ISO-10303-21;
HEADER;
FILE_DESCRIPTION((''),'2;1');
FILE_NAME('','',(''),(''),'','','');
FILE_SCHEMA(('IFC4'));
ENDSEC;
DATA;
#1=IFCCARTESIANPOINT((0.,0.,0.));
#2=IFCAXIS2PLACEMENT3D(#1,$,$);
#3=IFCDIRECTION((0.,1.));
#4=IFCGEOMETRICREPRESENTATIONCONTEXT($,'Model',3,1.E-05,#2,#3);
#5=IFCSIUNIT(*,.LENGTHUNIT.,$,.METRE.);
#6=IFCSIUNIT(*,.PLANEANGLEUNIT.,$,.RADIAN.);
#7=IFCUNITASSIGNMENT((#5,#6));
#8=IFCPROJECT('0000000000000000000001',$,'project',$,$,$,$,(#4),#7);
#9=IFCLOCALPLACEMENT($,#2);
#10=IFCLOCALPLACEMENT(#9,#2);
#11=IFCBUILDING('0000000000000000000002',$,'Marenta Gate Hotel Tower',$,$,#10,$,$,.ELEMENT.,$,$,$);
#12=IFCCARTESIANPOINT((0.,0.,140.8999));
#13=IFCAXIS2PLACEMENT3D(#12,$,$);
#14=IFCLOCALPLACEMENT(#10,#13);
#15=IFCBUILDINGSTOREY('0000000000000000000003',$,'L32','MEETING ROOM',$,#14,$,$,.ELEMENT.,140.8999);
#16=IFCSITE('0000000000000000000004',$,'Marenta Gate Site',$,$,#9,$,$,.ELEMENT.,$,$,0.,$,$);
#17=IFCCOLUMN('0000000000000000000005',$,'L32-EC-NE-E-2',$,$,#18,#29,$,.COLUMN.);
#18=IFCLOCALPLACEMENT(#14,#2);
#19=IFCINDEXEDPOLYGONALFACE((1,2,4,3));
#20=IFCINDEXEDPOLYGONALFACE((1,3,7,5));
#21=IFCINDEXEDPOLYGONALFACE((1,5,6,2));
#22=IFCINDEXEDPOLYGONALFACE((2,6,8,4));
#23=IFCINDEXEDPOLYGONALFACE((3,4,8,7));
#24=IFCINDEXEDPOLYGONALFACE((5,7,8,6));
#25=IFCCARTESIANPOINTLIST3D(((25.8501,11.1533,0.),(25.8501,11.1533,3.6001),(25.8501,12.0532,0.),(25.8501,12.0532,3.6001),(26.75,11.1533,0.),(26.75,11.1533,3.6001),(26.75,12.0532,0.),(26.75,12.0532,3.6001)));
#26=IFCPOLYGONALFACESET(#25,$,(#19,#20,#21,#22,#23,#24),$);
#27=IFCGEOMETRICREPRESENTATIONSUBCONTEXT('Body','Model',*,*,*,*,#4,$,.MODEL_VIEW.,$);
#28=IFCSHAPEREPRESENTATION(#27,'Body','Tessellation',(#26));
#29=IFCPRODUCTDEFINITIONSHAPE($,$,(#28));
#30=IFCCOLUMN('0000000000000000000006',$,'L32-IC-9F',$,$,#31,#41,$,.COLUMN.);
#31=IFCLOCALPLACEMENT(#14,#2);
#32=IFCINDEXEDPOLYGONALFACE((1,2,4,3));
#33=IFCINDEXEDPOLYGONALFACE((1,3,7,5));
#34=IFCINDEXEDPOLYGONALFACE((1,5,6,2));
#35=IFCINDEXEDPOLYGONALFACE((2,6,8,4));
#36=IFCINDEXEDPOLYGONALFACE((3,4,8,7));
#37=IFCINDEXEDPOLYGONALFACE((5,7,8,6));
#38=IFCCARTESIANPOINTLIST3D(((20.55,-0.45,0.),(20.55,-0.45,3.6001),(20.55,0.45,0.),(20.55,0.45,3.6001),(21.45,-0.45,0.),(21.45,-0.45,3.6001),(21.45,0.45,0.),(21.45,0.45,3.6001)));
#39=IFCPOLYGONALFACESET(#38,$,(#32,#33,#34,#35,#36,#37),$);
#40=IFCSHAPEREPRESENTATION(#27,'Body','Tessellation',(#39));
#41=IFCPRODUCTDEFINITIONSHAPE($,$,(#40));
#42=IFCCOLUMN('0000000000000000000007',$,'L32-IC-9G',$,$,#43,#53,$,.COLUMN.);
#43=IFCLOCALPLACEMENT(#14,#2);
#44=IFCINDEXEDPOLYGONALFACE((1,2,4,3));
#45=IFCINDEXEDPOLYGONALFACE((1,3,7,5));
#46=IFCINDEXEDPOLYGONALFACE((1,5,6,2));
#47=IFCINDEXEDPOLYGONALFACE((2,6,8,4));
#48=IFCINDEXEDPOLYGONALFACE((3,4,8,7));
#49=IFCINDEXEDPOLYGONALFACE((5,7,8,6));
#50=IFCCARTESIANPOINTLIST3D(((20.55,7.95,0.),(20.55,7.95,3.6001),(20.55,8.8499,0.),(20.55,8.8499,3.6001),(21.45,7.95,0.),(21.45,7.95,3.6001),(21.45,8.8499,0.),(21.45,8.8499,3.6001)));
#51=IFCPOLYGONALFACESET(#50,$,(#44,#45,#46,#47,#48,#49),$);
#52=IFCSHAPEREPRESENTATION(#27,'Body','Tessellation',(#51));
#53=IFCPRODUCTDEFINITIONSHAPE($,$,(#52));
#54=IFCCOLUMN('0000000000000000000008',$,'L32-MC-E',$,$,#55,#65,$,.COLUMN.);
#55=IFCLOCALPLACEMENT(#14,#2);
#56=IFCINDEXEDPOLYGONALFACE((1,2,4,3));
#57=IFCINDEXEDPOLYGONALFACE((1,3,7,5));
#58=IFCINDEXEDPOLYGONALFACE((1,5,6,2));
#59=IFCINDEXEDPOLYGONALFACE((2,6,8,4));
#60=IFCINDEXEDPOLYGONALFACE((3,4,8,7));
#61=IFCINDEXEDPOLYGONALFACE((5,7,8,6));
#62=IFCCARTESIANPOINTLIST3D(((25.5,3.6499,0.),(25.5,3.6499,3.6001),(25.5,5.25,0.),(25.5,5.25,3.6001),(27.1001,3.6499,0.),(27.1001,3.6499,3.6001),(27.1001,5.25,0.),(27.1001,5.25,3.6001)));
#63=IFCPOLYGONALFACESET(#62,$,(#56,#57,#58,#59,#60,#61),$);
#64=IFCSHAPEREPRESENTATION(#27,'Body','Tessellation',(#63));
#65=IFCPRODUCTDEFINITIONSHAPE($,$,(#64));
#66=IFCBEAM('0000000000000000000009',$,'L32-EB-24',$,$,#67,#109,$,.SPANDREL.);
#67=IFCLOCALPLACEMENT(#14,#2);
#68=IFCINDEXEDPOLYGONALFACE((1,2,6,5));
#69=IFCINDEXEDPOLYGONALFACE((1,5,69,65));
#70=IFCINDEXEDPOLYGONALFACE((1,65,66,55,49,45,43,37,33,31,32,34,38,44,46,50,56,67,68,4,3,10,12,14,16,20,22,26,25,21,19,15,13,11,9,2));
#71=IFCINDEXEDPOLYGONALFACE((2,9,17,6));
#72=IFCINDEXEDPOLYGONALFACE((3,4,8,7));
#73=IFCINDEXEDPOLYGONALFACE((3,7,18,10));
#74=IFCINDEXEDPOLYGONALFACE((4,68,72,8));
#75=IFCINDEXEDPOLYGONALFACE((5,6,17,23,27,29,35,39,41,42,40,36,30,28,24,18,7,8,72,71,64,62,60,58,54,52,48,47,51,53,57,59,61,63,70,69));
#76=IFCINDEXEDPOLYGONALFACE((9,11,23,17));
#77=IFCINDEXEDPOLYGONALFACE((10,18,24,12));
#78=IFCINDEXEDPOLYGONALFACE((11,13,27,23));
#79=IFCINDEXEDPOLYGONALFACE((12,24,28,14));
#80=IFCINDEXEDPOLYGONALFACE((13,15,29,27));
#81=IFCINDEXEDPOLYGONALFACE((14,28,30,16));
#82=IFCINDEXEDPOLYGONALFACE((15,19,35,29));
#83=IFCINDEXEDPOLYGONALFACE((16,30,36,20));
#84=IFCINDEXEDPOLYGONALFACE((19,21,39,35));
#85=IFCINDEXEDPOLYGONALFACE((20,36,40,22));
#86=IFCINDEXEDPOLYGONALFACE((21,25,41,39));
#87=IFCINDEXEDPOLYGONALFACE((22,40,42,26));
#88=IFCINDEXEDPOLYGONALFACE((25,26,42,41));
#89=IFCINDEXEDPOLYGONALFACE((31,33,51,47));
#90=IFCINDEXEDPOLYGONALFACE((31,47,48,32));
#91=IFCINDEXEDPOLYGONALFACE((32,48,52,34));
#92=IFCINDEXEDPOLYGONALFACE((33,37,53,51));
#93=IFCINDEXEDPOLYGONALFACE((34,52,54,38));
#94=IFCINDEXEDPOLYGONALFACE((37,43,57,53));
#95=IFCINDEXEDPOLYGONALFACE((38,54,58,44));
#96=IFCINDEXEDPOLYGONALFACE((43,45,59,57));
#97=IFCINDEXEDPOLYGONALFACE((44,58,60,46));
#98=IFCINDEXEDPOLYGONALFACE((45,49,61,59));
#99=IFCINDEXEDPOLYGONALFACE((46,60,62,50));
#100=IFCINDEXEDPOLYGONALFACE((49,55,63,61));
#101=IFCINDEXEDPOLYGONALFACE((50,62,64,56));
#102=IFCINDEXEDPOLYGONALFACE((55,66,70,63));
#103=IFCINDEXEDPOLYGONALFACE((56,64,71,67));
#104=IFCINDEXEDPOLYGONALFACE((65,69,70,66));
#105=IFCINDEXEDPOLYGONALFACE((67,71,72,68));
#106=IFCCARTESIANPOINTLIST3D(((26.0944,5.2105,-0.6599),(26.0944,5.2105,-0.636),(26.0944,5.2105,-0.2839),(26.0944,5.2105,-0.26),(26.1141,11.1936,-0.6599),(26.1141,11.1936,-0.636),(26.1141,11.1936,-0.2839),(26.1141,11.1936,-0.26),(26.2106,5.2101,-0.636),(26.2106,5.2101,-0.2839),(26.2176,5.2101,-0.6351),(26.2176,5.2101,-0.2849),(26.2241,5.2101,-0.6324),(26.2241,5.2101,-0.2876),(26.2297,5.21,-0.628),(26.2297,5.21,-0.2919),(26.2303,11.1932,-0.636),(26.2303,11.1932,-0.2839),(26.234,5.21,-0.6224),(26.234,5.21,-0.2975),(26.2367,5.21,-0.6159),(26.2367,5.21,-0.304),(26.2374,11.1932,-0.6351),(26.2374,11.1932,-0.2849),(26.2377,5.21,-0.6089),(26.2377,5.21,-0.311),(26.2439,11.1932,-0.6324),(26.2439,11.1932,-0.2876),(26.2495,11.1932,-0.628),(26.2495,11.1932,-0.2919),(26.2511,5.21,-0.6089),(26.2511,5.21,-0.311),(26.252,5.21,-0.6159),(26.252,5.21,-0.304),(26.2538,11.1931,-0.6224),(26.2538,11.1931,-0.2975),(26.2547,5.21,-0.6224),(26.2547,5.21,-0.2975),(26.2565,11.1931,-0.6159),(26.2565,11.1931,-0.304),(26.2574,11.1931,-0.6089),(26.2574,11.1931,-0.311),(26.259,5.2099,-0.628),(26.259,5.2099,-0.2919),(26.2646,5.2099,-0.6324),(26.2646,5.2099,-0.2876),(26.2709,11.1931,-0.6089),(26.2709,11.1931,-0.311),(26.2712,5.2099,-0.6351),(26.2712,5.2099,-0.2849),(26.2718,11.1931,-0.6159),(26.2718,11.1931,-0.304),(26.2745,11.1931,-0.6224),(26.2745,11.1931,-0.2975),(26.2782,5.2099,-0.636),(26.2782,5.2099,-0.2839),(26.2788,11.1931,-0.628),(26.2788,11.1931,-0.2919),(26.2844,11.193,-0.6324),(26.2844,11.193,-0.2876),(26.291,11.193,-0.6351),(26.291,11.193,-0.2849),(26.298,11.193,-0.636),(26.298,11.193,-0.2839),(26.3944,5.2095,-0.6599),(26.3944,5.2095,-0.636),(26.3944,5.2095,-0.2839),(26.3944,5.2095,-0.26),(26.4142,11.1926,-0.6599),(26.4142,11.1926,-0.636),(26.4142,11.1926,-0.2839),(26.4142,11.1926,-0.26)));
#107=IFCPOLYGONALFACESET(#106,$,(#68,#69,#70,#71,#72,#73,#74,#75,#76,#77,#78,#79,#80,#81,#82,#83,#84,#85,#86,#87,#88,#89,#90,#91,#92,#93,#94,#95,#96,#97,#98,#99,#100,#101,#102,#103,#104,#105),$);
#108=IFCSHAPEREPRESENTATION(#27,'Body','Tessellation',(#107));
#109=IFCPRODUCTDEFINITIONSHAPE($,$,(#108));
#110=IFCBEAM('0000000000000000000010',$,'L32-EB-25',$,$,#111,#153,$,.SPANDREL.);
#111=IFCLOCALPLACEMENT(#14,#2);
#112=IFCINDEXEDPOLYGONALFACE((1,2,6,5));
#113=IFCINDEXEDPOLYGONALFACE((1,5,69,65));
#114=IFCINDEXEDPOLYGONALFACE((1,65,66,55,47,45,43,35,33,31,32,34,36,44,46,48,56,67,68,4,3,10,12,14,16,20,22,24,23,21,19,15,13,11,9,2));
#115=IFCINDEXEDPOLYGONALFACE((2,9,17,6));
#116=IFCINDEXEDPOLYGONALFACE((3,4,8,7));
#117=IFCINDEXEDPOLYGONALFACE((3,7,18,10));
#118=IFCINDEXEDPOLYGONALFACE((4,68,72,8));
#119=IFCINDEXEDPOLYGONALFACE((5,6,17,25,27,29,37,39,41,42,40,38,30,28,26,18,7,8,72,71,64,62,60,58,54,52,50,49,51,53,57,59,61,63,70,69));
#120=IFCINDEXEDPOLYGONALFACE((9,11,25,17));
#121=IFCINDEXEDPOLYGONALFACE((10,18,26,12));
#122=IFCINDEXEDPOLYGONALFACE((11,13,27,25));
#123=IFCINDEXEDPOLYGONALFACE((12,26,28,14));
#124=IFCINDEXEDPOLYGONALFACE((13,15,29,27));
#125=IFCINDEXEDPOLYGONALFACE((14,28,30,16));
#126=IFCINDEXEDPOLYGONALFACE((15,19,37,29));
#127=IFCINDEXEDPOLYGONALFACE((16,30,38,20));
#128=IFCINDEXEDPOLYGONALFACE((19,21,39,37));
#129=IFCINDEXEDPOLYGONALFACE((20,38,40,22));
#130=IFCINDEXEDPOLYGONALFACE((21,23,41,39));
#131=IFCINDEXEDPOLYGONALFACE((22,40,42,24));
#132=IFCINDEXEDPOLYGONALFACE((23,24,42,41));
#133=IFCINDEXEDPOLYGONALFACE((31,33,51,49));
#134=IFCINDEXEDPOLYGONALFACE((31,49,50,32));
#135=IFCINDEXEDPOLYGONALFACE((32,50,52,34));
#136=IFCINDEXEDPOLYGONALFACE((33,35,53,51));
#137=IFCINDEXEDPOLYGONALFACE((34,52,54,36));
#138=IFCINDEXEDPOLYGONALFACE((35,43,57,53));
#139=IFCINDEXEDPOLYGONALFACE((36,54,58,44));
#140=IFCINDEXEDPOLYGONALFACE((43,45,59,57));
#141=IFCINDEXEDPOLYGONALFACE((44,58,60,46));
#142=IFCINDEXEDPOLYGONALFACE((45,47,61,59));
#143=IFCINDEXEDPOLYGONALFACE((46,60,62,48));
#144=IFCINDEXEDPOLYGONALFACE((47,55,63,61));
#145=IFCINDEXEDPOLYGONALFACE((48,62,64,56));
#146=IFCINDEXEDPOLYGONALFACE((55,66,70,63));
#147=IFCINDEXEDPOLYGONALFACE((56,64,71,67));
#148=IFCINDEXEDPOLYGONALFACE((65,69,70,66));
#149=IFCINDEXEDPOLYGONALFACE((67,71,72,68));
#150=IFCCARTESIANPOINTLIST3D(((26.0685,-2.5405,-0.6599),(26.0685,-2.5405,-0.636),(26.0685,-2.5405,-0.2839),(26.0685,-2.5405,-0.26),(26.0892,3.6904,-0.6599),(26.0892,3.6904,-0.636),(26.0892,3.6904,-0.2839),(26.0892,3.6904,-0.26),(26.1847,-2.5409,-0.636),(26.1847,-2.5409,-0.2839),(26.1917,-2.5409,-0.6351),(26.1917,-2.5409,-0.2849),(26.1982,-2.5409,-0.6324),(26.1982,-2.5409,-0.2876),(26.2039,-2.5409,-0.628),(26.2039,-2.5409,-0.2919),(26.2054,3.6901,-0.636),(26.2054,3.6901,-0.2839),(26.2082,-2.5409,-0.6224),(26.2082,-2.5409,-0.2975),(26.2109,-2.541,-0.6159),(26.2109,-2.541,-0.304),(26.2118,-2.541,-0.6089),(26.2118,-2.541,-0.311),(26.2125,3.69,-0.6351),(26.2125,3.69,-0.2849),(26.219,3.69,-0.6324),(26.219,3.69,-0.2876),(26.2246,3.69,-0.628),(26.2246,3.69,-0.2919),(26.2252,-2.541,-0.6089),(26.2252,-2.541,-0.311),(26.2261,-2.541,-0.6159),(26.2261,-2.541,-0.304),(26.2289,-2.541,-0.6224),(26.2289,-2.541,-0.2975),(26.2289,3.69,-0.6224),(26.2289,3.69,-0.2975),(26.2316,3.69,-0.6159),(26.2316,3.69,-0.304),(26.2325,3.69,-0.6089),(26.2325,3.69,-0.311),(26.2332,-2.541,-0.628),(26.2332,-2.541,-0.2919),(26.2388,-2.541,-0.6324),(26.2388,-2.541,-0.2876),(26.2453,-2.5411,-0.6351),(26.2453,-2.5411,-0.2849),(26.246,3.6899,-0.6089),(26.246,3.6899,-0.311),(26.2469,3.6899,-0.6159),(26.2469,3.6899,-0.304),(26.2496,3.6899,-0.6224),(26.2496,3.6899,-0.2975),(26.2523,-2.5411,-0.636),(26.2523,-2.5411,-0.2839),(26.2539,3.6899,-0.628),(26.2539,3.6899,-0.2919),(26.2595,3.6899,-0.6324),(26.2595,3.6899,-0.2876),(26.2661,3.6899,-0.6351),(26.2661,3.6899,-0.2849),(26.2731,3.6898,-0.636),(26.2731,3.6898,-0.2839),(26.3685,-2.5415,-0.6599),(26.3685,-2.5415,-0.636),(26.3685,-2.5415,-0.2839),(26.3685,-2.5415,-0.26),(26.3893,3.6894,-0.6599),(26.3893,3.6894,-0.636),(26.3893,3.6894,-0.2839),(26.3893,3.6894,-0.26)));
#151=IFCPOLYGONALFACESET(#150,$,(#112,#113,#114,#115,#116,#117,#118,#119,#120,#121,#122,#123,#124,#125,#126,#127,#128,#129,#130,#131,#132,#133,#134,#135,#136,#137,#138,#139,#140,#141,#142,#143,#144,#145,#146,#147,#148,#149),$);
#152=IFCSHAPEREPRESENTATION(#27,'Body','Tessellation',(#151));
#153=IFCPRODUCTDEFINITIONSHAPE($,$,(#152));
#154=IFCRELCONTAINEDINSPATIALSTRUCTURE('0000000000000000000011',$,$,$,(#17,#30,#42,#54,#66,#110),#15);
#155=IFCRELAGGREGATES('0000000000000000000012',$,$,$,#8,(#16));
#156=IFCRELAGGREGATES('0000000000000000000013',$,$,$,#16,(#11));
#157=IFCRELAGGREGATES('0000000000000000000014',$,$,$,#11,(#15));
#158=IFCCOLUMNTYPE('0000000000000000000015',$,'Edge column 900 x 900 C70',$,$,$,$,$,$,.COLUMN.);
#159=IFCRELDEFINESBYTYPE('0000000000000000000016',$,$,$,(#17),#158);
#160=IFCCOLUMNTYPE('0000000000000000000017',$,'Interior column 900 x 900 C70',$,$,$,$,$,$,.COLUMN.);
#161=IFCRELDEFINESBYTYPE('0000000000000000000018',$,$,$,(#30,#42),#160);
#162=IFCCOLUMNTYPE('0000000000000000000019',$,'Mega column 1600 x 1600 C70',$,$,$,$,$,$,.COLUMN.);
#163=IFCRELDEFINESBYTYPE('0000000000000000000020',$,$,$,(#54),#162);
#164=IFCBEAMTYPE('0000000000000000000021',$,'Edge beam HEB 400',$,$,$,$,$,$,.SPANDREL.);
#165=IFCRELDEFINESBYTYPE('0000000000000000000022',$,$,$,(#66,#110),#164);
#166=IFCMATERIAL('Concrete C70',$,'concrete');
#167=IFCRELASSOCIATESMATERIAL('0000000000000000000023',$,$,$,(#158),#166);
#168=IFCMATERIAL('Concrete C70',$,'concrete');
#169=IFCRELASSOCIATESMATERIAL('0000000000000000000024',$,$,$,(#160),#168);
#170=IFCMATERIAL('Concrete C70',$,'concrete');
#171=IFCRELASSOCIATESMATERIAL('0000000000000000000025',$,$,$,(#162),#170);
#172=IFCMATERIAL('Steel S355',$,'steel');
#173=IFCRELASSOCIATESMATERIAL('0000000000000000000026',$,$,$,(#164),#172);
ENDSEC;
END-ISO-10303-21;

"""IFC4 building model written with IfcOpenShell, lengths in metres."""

from ifc_helpers import new_model, si_unit, direction, frame, origin, origin_2d, place, context, subcontext, project, spatial, rectangle, i_section, extrude, material, material_profile, profile_set, type_object, element, save


model = new_model("IFC4")

# Units and contexts
model_context = context("Model", 3, precision=1e-05, world=origin(), true_north=direction((0.0, 1.0)))
body_context = subcontext(model_context, "Body", "Model", "MODEL_VIEW")
ifc_project = project(units=[si_unit("LENGTHUNIT", "METRE"), si_unit("PLANEANGLEUNIT", "RADIAN")], contexts=[model_context])

# Site, building, storey
site_placement = place(None, origin())
site = spatial("IfcSite", under=ifc_project, at=site_placement, Name="Marenta Gate Site", CompositionType="ELEMENT", RefElevation=0.0)
building_placement = place(site_placement, origin())
building = spatial("IfcBuilding", under=site, at=building_placement, Name="Marenta Gate Hotel Tower", CompositionType="ELEMENT")
storey_placement = place(building_placement, frame((0.0, 0.0, 140.8999)))
storey = spatial("IfcBuildingStorey", under=building, at=storey_placement, Name="L32", Description="MEETING ROOM", CompositionType="ELEMENT", Elevation=140.8999)

# Columns
ifc_material_1 = material(Name="Concrete C70", Category="concrete")
ifc_material_profile_1 = material_profile(ifc_material_1, rectangle(XDim=0.8999, YDim=0.8999, at=origin_2d()), Name="900 x 900")
ifc_profile_set_1 = profile_set([ifc_material_profile_1], Name="Concrete C70")
column_type_1 = type_object("IfcColumnType", Name="Edge column 900 x 900 C70", PredefinedType="COLUMN", material=ifc_profile_set_1)
column_1_placement = place(storey_placement, frame((26.3, 11.6033, 0.0), z_axis=(0.0, 0.0, 1.0), x_axis=(1.0, 0.0, 0.0)))
element("IfcColumn", 1, at=column_1_placement, inside=storey, type_object=column_type_1, Name="L32-EC-NE-E-2", PredefinedType="COLUMN", context=body_context, shape_type="SweptSolid", body=[
    extrude(rectangle(XDim=0.8999, YDim=0.8999, at=origin_2d()), origin(), (0.0, 0.0, 1.0), 3.6001),
])
ifc_material_2 = material(Name="Concrete C70", Category="concrete")
ifc_material_profile_2 = material_profile(ifc_material_2, rectangle(XDim=0.8999, YDim=0.8999, at=origin_2d()), Name="900 x 900")
ifc_profile_set_2 = profile_set([ifc_material_profile_2], Name="Concrete C70")
column_type_2 = type_object("IfcColumnType", Name="Interior column 900 x 900 C70", PredefinedType="COLUMN", material=ifc_profile_set_2)
for number, where, z_axis, x_axis, name in (
    (2, (21.0, 0.0, 0.0), (0.0, 0.0, 1.0), (1.0, 0.0, 0.0), "L32-IC-9F"),
    (3, (21.0, 8.3999, 0.0), (0.0, 0.0, 1.0), (1.0, 0.0, 0.0), "L32-IC-9G"),
):
    element("IfcColumn", number, at=place(storey_placement, frame(where, z_axis=z_axis, x_axis=x_axis)), inside=storey, type_object=column_type_2, Name=name, PredefinedType="COLUMN", context=body_context, shape_type="SweptSolid", body=[
        extrude(rectangle(XDim=0.8999, YDim=0.8999, at=origin_2d()), origin(), (0.0, 0.0, 1.0), 3.6001),
    ])
ifc_material_3 = material(Name="Concrete C70", Category="concrete")
ifc_material_profile_3 = material_profile(ifc_material_3, rectangle(XDim=1.6001, YDim=1.6001, at=origin_2d()), Name="1600 x 1600")
ifc_profile_set_3 = profile_set([ifc_material_profile_3], Name="Concrete C70")
column_type_3 = type_object("IfcColumnType", Name="Mega column 1600 x 1600 C70", PredefinedType="COLUMN", material=ifc_profile_set_3)
column_2_placement = place(storey_placement, frame((26.3, 4.45, 0.0), z_axis=(0.0, 0.0, 1.0), x_axis=(1.0, 0.0, 0.0)))
element("IfcColumn", 4, at=column_2_placement, inside=storey, type_object=column_type_3, Name="L32-MC-E", PredefinedType="COLUMN", context=body_context, shape_type="SweptSolid", body=[
    extrude(rectangle(XDim=1.6001, YDim=1.6001, at=origin_2d()), origin(), (0.0, 0.0, 1.0), 3.6001),
])

# Beams
ifc_material_4 = material(Name="Steel S355", Category="steel")
ifc_material_profile_4 = material_profile(ifc_material_4, i_section(OverallWidth=0.3, OverallDepth=0.3999, WebThickness=0.0134, FlangeThickness=0.0239, FilletRadius=0.0271, at=origin_2d()), Name="HEB 400")
ifc_profile_set_4 = profile_set([ifc_material_profile_4], Name="Steel S355")
beam_type_1 = type_object("IfcBeamType", Name="Edge beam HEB 400", PredefinedType="SPANDREL", material=ifc_profile_set_4)
beam_1_placement = place(storey_placement, frame((26.2642, 11.1931, -0.46), z_axis=(-0.003305, -0.999995, 0.0), x_axis=(0.999995, -0.003305, 0.0)))
element("IfcBeam", 5, at=beam_1_placement, inside=storey, type_object=beam_type_1, Name="L32-EB-24", PredefinedType="SPANDREL", context=body_context, shape_type="SweptSolid", body=[
    extrude(i_section(OverallWidth=0.3, OverallDepth=0.3999, WebThickness=0.0134, FlangeThickness=0.0239, FilletRadius=0.0271, at=origin_2d()), origin(), (0.0, 0.0, 1.0), 5.9832),
])
beam_2_placement = place(storey_placement, frame((26.2393, 3.6899, -0.46), z_axis=(-0.00333, -0.999994, 0.0), x_axis=(0.999994, -0.00333, 0.0)))
element("IfcBeam", 6, at=beam_2_placement, inside=storey, type_object=beam_type_1, Name="L32-EB-25", PredefinedType="SPANDREL", context=body_context, shape_type="SweptSolid", body=[
    extrude(i_section(OverallWidth=0.3, OverallDepth=0.3999, WebThickness=0.0134, FlangeThickness=0.0239, FilletRadius=0.0271, at=origin_2d()), origin(), (0.0, 0.0, 1.0), 6.231),
])

save(model, "model.ifc")
